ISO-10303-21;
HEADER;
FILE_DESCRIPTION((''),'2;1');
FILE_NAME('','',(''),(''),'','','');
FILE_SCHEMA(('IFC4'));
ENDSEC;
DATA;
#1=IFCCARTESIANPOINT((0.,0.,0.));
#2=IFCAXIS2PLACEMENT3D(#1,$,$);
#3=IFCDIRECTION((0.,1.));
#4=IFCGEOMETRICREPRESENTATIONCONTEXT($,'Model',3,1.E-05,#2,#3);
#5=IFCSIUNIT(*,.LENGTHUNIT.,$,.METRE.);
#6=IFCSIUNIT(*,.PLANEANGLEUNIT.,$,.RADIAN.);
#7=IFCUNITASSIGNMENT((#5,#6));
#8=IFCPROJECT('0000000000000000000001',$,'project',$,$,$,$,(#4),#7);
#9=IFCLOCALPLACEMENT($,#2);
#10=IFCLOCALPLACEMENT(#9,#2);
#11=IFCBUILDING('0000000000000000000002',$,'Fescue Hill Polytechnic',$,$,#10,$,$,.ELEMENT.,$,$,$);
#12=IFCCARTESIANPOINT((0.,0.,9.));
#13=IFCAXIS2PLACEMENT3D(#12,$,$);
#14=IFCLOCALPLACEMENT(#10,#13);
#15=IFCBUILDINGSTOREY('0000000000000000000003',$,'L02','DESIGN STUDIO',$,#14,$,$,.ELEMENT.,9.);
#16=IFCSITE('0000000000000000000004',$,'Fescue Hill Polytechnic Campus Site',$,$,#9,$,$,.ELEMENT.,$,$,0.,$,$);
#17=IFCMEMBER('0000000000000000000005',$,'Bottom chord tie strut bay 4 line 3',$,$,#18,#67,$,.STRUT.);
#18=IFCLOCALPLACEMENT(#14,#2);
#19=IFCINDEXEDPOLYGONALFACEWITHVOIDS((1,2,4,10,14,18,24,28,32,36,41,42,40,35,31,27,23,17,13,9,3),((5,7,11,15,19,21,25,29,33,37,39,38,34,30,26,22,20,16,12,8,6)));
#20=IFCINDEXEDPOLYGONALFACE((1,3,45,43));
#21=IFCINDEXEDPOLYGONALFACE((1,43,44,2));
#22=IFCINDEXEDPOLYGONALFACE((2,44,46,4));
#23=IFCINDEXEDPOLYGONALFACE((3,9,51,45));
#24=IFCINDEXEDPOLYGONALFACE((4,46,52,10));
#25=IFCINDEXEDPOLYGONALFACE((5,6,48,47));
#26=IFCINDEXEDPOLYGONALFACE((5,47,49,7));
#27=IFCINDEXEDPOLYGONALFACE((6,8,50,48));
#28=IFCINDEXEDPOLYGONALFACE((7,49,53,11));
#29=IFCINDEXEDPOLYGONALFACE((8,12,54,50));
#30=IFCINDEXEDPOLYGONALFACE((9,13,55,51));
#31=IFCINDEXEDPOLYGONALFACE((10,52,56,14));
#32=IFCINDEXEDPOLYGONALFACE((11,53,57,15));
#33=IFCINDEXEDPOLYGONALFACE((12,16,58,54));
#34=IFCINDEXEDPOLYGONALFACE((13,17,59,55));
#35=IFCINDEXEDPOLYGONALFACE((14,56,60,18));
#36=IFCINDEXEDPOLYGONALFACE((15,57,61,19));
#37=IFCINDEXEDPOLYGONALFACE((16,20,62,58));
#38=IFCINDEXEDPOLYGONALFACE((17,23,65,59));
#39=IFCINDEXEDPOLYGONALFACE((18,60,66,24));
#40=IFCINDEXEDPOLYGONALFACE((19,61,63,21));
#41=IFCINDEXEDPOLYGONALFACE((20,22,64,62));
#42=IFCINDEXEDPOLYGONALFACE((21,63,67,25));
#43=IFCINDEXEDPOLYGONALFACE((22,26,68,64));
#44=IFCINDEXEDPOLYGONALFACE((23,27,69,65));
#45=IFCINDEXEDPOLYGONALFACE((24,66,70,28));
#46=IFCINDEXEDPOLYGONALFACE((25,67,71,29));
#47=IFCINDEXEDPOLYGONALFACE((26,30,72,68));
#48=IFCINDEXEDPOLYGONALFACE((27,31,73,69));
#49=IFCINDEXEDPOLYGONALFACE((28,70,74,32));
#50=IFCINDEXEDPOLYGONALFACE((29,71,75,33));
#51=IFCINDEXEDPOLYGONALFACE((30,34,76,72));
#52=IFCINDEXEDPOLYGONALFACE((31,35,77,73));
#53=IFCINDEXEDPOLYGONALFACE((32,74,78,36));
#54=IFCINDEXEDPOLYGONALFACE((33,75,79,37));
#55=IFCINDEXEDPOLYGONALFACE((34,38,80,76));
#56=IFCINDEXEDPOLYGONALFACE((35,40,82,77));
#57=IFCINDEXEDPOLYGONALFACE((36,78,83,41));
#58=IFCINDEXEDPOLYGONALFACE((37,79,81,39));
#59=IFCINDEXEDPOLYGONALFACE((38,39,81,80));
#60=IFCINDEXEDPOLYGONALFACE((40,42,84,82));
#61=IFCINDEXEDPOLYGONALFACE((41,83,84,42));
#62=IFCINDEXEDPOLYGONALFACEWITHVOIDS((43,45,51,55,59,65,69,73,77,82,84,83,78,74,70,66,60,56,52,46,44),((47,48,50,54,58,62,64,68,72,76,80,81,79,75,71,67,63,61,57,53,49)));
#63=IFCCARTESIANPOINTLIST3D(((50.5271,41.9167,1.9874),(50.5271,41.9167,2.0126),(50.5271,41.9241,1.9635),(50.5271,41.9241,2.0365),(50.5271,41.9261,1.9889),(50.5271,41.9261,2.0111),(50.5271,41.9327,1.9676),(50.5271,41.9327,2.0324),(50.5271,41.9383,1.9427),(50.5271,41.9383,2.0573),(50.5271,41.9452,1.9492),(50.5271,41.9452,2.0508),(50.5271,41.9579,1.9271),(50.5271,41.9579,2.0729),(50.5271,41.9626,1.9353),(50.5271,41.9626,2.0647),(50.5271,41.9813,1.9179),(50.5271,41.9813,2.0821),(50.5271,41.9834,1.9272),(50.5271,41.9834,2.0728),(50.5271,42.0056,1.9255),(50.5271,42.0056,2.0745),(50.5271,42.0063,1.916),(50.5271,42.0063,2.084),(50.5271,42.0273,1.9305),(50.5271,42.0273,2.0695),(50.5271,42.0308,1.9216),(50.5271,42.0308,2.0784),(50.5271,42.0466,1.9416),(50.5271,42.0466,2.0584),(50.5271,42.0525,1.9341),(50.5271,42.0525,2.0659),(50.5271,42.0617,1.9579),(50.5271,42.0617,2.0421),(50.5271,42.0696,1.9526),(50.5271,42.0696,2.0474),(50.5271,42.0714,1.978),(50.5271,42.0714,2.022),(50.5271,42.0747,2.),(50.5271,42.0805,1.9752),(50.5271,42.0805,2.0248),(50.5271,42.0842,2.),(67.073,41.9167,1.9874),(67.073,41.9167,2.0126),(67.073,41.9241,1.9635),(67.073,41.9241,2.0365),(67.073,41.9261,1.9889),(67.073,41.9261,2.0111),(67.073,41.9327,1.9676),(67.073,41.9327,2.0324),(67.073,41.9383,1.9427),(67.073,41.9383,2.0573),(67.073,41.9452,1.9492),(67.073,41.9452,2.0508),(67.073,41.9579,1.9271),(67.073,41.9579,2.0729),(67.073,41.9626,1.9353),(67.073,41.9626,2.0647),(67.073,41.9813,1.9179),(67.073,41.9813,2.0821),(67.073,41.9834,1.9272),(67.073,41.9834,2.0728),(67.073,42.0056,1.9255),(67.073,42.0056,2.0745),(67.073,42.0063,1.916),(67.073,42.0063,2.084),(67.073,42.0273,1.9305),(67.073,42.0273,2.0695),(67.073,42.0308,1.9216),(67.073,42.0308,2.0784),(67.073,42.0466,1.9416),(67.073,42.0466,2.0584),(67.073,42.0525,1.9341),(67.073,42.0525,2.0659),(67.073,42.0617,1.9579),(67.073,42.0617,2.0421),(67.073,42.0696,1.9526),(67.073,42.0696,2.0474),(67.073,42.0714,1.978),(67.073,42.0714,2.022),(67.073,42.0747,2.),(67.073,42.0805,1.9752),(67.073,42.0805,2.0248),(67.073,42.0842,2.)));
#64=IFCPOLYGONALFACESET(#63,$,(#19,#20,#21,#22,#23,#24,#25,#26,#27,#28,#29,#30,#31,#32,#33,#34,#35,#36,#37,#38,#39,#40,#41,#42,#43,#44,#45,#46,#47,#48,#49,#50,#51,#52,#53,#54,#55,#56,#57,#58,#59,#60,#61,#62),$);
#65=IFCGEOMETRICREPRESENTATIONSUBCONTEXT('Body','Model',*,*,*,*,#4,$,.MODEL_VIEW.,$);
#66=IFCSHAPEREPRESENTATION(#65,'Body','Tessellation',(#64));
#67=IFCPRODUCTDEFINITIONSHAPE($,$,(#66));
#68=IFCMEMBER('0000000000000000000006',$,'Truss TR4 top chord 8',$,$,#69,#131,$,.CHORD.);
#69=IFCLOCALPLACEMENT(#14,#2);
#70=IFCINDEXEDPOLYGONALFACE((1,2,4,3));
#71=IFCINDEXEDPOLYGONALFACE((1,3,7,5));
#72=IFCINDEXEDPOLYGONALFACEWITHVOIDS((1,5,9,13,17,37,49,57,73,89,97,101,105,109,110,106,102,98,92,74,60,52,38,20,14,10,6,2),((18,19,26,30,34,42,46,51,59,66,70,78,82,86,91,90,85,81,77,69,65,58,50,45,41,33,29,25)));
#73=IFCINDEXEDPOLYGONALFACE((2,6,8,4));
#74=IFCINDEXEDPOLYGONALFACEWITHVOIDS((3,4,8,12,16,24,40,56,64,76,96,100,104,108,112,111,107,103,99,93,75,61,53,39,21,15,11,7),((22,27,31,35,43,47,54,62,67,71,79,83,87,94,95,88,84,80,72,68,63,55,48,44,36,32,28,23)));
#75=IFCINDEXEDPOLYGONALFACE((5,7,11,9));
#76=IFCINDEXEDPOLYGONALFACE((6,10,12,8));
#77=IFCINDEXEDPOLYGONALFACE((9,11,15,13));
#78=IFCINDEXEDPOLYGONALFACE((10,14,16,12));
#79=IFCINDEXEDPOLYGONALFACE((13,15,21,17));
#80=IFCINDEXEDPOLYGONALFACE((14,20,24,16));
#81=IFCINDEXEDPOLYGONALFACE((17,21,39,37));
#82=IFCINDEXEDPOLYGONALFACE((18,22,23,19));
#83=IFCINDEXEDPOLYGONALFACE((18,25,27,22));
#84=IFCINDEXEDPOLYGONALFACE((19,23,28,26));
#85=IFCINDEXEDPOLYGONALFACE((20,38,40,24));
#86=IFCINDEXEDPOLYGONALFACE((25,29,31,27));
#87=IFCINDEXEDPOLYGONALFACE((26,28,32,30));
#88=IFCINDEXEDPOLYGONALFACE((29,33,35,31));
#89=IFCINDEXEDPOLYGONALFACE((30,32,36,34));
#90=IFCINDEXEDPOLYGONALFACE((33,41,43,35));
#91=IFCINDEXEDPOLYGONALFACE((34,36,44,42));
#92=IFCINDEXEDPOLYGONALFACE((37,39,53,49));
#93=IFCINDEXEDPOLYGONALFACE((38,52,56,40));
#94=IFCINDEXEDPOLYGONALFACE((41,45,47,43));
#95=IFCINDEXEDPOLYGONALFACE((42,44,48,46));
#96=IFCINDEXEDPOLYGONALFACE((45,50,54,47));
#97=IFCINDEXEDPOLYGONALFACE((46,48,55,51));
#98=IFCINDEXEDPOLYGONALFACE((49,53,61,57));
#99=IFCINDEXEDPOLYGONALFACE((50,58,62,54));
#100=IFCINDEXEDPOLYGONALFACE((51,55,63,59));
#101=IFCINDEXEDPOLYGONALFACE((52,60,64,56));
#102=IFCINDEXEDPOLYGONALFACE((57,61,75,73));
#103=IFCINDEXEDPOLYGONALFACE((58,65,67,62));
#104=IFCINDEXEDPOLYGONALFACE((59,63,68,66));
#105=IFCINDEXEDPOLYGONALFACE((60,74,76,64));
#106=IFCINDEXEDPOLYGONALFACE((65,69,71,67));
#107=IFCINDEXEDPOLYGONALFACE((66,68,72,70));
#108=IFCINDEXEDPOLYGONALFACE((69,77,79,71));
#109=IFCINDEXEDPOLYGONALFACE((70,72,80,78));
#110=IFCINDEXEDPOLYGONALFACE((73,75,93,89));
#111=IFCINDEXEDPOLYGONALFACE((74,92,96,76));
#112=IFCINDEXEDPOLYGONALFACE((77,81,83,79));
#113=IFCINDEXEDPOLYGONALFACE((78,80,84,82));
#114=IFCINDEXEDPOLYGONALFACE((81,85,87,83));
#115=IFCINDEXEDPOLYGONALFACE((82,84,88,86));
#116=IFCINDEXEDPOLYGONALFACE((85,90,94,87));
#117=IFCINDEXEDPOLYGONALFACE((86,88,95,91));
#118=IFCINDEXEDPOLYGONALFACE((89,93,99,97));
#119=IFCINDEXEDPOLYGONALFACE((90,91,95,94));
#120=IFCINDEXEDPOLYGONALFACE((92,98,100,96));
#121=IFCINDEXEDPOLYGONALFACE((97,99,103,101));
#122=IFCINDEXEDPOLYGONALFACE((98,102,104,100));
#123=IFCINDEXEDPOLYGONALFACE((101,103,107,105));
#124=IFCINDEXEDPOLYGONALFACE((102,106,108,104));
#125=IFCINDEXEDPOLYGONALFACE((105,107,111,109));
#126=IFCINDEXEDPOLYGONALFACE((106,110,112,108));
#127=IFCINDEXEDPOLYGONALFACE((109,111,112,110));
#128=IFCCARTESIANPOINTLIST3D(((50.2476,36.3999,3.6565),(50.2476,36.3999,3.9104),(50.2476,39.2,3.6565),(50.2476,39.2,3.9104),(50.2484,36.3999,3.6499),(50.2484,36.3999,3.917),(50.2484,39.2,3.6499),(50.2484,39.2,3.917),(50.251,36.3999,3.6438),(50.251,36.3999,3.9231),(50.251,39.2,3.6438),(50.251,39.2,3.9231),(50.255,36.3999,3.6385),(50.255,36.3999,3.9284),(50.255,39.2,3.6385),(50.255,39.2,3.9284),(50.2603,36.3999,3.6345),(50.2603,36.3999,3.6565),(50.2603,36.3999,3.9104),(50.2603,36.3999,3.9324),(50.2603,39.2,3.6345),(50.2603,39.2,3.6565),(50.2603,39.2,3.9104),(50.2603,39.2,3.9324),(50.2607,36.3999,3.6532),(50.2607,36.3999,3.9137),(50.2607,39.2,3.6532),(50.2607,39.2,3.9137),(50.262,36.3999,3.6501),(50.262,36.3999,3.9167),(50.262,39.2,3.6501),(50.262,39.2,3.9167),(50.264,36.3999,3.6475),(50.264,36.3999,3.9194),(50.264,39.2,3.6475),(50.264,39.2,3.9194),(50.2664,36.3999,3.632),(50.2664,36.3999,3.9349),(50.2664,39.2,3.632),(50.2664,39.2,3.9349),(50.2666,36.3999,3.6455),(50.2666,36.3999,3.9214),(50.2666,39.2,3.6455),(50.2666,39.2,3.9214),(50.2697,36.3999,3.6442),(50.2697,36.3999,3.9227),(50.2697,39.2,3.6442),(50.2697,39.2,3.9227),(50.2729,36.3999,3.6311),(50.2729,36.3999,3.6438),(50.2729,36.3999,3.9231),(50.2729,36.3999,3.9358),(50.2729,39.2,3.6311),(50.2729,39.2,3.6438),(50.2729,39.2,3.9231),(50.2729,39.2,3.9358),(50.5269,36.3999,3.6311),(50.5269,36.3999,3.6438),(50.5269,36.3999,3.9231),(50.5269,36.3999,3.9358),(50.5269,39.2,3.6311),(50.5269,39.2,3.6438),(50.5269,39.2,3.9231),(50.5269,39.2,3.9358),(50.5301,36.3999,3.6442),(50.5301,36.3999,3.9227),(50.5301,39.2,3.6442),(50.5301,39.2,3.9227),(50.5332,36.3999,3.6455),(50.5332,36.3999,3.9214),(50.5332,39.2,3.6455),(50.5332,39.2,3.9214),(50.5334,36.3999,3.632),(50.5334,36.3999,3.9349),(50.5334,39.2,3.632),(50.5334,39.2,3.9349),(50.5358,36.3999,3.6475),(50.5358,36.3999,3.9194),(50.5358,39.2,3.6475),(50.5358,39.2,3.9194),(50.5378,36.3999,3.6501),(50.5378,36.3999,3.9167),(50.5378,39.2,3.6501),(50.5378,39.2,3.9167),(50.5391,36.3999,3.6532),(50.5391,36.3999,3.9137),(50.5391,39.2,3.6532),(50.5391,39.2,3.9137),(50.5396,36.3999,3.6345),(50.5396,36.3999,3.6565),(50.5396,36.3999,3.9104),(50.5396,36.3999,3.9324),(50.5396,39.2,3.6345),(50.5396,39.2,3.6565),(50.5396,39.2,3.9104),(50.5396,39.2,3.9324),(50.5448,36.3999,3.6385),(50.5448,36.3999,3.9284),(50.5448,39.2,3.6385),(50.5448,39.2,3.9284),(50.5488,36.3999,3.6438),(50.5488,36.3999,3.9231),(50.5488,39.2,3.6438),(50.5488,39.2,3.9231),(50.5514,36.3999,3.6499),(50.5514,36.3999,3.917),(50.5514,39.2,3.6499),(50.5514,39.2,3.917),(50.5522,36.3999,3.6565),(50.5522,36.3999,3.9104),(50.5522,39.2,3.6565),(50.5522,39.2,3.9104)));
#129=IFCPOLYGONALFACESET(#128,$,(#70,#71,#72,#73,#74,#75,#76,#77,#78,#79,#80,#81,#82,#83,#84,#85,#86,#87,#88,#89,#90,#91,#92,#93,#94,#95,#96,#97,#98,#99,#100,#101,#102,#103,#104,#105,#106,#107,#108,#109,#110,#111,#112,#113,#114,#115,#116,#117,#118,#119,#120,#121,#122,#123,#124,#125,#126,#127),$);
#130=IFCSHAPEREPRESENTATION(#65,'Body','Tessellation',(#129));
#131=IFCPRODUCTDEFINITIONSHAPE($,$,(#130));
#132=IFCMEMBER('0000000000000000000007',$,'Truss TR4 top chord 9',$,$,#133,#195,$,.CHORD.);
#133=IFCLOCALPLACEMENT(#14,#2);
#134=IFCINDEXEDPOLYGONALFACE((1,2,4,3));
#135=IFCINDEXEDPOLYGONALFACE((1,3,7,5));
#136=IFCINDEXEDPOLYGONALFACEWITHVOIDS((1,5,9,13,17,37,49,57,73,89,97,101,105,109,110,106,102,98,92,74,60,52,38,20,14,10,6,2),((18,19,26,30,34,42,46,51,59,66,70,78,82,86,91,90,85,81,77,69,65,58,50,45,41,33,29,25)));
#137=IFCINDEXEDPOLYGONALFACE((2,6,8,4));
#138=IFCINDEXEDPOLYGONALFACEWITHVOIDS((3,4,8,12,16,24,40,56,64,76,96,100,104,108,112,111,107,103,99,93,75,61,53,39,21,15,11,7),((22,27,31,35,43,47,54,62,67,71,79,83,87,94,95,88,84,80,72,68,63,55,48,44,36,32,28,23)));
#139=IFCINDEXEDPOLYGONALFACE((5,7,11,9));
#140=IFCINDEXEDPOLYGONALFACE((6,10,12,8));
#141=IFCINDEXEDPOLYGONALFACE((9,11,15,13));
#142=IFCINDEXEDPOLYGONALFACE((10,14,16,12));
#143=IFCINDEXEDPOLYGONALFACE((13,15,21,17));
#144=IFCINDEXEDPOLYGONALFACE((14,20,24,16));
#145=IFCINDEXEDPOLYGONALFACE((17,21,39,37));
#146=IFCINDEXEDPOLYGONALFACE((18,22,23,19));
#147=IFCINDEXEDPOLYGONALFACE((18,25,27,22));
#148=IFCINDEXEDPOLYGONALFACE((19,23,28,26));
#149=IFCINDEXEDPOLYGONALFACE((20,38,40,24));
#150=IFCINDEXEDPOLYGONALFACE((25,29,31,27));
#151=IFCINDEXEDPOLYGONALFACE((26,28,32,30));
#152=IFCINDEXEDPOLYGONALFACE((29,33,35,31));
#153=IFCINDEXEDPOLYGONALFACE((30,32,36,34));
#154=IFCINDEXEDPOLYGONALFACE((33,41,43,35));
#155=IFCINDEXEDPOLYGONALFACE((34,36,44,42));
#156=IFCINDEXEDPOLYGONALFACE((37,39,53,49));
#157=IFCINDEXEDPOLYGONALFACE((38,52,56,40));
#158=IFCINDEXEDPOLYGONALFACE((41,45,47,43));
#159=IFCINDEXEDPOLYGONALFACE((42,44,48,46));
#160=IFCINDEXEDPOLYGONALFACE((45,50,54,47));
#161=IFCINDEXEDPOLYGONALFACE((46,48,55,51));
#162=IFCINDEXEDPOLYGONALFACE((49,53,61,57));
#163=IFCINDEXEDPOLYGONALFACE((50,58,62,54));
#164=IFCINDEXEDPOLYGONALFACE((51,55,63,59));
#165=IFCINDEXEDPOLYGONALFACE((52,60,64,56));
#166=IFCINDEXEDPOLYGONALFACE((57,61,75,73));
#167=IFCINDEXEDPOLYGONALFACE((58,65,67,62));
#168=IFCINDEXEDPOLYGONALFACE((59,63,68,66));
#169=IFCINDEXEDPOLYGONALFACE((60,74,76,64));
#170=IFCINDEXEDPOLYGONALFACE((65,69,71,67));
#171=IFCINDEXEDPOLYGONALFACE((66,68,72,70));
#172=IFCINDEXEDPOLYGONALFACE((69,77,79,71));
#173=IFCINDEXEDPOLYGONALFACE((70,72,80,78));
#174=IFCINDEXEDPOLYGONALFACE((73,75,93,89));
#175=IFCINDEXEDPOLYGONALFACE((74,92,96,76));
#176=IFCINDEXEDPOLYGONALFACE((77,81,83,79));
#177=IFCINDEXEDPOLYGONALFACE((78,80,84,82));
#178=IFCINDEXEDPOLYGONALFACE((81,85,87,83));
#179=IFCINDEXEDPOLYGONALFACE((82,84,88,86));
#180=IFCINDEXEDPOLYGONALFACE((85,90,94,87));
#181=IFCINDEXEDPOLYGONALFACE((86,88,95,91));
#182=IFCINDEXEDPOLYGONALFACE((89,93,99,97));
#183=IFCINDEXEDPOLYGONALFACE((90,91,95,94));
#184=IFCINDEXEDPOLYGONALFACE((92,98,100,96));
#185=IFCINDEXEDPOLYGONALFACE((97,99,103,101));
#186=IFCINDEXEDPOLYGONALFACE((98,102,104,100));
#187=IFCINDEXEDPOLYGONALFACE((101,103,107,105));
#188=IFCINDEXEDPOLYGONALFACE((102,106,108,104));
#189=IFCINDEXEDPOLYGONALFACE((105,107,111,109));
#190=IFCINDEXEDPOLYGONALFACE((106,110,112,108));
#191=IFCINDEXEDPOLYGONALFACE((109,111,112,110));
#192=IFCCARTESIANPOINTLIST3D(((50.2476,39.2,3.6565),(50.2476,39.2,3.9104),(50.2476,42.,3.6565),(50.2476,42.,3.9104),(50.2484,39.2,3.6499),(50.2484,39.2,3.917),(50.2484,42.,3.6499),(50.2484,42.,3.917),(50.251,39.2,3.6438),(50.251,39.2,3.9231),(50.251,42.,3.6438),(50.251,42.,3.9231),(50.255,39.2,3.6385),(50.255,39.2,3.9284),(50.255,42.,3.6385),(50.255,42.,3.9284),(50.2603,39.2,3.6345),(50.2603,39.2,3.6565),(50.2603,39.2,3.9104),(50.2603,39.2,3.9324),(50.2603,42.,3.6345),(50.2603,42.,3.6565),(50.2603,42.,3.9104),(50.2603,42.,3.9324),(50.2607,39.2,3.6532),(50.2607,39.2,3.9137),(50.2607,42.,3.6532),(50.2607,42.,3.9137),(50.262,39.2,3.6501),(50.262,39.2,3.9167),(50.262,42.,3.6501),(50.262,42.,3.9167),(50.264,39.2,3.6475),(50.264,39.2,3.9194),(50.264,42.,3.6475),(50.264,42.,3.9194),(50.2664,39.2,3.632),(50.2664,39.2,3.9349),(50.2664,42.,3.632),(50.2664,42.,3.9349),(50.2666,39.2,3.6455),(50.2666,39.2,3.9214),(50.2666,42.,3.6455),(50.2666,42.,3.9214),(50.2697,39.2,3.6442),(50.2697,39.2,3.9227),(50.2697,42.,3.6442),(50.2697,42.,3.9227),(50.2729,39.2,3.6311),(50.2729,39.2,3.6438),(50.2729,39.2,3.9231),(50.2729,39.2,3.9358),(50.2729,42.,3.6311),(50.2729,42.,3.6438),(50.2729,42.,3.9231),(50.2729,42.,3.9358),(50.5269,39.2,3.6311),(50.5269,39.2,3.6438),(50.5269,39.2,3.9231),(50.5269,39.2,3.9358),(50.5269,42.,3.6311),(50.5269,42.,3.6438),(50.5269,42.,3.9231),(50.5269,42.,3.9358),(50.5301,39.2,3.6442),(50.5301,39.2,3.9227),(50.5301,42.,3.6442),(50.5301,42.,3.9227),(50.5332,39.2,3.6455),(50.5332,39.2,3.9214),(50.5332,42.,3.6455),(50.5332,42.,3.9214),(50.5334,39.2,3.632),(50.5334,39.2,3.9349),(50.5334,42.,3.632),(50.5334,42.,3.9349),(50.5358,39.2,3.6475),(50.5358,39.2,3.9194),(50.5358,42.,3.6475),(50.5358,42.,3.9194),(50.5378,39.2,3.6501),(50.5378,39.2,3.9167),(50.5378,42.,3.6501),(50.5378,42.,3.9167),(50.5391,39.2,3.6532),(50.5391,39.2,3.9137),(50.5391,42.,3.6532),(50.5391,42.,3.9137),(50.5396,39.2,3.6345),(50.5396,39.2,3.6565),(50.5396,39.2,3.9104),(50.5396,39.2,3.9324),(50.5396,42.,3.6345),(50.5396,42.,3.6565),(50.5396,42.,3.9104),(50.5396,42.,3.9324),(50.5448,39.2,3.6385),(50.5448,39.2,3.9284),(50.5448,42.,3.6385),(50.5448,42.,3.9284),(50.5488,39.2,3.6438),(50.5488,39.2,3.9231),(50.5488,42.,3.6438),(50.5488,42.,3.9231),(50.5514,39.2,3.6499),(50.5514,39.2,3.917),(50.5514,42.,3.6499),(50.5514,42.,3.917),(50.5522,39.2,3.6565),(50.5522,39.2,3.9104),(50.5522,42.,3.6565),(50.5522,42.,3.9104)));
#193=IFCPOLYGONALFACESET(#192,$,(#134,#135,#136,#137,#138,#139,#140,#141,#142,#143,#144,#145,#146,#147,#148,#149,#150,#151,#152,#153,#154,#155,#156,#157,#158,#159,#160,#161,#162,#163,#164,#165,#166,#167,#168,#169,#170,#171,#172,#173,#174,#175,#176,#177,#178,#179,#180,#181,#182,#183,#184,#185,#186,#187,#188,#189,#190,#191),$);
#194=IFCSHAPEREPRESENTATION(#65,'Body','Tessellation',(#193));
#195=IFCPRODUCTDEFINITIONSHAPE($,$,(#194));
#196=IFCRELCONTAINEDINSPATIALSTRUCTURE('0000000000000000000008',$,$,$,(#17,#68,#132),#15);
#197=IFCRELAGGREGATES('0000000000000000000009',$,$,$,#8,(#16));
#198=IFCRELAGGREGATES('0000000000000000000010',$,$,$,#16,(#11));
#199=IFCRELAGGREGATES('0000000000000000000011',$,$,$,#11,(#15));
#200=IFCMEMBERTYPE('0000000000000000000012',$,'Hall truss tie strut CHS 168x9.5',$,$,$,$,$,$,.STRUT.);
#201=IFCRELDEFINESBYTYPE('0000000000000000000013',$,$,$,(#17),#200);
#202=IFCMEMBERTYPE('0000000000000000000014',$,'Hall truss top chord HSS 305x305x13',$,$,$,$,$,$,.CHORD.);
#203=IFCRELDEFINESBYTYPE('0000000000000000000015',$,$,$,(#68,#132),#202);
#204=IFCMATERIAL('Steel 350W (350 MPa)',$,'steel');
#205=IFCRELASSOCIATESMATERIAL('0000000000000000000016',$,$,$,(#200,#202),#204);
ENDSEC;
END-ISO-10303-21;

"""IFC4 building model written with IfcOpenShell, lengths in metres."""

from ifc_helpers import new_model, si_unit, direction, frame, origin, origin_2d, place, context, subcontext, project, spatial, hollow_rectangle, hollow_circle, extrude, material, material_profile, profile_set, type_object, element, save


model = new_model("IFC4")

# Units and contexts
model_context = context("Model", 3, precision=1e-05, world=origin(), true_north=direction((0.0, 1.0)))
body_context = subcontext(model_context, "Body", "Model", "MODEL_VIEW")
ifc_project = project(units=[si_unit("LENGTHUNIT", "METRE"), si_unit("PLANEANGLEUNIT", "RADIAN")], contexts=[model_context])

# Site, building, storey
site_placement = place(None, origin())
site = spatial("IfcSite", under=ifc_project, at=site_placement, Name="Fescue Hill Polytechnic Campus Site", CompositionType="ELEMENT", RefElevation=0.0)
building_placement = place(site_placement, origin())
building = spatial("IfcBuilding", under=site, at=building_placement, Name="Fescue Hill Polytechnic", CompositionType="ELEMENT")
storey_placement = place(building_placement, frame((0.0, 0.0, 9.0)))
storey = spatial("IfcBuildingStorey", under=building, at=storey_placement, Name="L02", Description="DESIGN STUDIO", CompositionType="ELEMENT", Elevation=9.0)

# Members
ifc_material = material(Name="Steel 350W (350 MPa)", Category="steel")
ifc_material_profile_1 = material_profile(ifc_material, hollow_circle(Radius=0.0842, WallThickness=0.0095, at=origin_2d()), Name="Hall truss tie strut CHS 168x9.5")
ifc_profile_set_1 = profile_set([ifc_material_profile_1], Name="Steel 350W (350 MPa)")
member_type_1 = type_object("IfcMemberType", Name="Hall truss tie strut CHS 168x9.5", PredefinedType="STRUT", material=ifc_profile_set_1)
member_1_placement = place(storey_placement, frame((50.5271, 42.0, 2.0), z_axis=(1.0, 0.0, 0.0), x_axis=(0.0, 1.0, 0.0)))
element("IfcMember", 1, at=member_1_placement, inside=storey, type_object=member_type_1, Name="Bottom chord tie strut bay 4 line 3", PredefinedType="STRUT", context=body_context, shape_type="SweptSolid", body=[
    extrude(hollow_circle(Radius=0.0842, WallThickness=0.0095, at=origin_2d()), origin(), (0.0, 0.0, 1.0), 16.5459),
])
ifc_material_profile_2 = material_profile(ifc_material, hollow_rectangle(XDim=0.3047, YDim=0.3047, WallThickness=0.0127, InnerFilletRadius=0.0127, OuterFilletRadius=0.0254, at=origin_2d()), Name="Hall truss top chord HSS 305x305x13")
ifc_profile_set_2 = profile_set([ifc_material_profile_2], Name="Steel 350W (350 MPa)")
member_type_2 = type_object("IfcMemberType", Name="Hall truss top chord HSS 305x305x13", PredefinedType="CHORD", material=ifc_profile_set_2)
for number, where, z_axis, x_axis, name in (
    (2, (50.3999, 36.3999, 3.7834), (0.0, 1.0, 0.0), (-1.0, 0.0, 0.0), "Truss TR4 top chord 8"),
    (3, (50.3999, 39.2, 3.7834), (0.0, 1.0, 0.0), (-1.0, 0.0, 0.0), "Truss TR4 top chord 9"),
):
    element("IfcMember", number, at=place(storey_placement, frame(where, z_axis=z_axis, x_axis=x_axis)), inside=storey, type_object=member_type_2, Name=name, PredefinedType="CHORD", context=body_context, shape_type="SweptSolid", body=[
        extrude(hollow_rectangle(XDim=0.3047, YDim=0.3047, WallThickness=0.0127, InnerFilletRadius=0.0127, OuterFilletRadius=0.0254, at=origin_2d()), origin(), (0.0, 0.0, 1.0), 2.8),
    ])

save(model, "model.ifc")
